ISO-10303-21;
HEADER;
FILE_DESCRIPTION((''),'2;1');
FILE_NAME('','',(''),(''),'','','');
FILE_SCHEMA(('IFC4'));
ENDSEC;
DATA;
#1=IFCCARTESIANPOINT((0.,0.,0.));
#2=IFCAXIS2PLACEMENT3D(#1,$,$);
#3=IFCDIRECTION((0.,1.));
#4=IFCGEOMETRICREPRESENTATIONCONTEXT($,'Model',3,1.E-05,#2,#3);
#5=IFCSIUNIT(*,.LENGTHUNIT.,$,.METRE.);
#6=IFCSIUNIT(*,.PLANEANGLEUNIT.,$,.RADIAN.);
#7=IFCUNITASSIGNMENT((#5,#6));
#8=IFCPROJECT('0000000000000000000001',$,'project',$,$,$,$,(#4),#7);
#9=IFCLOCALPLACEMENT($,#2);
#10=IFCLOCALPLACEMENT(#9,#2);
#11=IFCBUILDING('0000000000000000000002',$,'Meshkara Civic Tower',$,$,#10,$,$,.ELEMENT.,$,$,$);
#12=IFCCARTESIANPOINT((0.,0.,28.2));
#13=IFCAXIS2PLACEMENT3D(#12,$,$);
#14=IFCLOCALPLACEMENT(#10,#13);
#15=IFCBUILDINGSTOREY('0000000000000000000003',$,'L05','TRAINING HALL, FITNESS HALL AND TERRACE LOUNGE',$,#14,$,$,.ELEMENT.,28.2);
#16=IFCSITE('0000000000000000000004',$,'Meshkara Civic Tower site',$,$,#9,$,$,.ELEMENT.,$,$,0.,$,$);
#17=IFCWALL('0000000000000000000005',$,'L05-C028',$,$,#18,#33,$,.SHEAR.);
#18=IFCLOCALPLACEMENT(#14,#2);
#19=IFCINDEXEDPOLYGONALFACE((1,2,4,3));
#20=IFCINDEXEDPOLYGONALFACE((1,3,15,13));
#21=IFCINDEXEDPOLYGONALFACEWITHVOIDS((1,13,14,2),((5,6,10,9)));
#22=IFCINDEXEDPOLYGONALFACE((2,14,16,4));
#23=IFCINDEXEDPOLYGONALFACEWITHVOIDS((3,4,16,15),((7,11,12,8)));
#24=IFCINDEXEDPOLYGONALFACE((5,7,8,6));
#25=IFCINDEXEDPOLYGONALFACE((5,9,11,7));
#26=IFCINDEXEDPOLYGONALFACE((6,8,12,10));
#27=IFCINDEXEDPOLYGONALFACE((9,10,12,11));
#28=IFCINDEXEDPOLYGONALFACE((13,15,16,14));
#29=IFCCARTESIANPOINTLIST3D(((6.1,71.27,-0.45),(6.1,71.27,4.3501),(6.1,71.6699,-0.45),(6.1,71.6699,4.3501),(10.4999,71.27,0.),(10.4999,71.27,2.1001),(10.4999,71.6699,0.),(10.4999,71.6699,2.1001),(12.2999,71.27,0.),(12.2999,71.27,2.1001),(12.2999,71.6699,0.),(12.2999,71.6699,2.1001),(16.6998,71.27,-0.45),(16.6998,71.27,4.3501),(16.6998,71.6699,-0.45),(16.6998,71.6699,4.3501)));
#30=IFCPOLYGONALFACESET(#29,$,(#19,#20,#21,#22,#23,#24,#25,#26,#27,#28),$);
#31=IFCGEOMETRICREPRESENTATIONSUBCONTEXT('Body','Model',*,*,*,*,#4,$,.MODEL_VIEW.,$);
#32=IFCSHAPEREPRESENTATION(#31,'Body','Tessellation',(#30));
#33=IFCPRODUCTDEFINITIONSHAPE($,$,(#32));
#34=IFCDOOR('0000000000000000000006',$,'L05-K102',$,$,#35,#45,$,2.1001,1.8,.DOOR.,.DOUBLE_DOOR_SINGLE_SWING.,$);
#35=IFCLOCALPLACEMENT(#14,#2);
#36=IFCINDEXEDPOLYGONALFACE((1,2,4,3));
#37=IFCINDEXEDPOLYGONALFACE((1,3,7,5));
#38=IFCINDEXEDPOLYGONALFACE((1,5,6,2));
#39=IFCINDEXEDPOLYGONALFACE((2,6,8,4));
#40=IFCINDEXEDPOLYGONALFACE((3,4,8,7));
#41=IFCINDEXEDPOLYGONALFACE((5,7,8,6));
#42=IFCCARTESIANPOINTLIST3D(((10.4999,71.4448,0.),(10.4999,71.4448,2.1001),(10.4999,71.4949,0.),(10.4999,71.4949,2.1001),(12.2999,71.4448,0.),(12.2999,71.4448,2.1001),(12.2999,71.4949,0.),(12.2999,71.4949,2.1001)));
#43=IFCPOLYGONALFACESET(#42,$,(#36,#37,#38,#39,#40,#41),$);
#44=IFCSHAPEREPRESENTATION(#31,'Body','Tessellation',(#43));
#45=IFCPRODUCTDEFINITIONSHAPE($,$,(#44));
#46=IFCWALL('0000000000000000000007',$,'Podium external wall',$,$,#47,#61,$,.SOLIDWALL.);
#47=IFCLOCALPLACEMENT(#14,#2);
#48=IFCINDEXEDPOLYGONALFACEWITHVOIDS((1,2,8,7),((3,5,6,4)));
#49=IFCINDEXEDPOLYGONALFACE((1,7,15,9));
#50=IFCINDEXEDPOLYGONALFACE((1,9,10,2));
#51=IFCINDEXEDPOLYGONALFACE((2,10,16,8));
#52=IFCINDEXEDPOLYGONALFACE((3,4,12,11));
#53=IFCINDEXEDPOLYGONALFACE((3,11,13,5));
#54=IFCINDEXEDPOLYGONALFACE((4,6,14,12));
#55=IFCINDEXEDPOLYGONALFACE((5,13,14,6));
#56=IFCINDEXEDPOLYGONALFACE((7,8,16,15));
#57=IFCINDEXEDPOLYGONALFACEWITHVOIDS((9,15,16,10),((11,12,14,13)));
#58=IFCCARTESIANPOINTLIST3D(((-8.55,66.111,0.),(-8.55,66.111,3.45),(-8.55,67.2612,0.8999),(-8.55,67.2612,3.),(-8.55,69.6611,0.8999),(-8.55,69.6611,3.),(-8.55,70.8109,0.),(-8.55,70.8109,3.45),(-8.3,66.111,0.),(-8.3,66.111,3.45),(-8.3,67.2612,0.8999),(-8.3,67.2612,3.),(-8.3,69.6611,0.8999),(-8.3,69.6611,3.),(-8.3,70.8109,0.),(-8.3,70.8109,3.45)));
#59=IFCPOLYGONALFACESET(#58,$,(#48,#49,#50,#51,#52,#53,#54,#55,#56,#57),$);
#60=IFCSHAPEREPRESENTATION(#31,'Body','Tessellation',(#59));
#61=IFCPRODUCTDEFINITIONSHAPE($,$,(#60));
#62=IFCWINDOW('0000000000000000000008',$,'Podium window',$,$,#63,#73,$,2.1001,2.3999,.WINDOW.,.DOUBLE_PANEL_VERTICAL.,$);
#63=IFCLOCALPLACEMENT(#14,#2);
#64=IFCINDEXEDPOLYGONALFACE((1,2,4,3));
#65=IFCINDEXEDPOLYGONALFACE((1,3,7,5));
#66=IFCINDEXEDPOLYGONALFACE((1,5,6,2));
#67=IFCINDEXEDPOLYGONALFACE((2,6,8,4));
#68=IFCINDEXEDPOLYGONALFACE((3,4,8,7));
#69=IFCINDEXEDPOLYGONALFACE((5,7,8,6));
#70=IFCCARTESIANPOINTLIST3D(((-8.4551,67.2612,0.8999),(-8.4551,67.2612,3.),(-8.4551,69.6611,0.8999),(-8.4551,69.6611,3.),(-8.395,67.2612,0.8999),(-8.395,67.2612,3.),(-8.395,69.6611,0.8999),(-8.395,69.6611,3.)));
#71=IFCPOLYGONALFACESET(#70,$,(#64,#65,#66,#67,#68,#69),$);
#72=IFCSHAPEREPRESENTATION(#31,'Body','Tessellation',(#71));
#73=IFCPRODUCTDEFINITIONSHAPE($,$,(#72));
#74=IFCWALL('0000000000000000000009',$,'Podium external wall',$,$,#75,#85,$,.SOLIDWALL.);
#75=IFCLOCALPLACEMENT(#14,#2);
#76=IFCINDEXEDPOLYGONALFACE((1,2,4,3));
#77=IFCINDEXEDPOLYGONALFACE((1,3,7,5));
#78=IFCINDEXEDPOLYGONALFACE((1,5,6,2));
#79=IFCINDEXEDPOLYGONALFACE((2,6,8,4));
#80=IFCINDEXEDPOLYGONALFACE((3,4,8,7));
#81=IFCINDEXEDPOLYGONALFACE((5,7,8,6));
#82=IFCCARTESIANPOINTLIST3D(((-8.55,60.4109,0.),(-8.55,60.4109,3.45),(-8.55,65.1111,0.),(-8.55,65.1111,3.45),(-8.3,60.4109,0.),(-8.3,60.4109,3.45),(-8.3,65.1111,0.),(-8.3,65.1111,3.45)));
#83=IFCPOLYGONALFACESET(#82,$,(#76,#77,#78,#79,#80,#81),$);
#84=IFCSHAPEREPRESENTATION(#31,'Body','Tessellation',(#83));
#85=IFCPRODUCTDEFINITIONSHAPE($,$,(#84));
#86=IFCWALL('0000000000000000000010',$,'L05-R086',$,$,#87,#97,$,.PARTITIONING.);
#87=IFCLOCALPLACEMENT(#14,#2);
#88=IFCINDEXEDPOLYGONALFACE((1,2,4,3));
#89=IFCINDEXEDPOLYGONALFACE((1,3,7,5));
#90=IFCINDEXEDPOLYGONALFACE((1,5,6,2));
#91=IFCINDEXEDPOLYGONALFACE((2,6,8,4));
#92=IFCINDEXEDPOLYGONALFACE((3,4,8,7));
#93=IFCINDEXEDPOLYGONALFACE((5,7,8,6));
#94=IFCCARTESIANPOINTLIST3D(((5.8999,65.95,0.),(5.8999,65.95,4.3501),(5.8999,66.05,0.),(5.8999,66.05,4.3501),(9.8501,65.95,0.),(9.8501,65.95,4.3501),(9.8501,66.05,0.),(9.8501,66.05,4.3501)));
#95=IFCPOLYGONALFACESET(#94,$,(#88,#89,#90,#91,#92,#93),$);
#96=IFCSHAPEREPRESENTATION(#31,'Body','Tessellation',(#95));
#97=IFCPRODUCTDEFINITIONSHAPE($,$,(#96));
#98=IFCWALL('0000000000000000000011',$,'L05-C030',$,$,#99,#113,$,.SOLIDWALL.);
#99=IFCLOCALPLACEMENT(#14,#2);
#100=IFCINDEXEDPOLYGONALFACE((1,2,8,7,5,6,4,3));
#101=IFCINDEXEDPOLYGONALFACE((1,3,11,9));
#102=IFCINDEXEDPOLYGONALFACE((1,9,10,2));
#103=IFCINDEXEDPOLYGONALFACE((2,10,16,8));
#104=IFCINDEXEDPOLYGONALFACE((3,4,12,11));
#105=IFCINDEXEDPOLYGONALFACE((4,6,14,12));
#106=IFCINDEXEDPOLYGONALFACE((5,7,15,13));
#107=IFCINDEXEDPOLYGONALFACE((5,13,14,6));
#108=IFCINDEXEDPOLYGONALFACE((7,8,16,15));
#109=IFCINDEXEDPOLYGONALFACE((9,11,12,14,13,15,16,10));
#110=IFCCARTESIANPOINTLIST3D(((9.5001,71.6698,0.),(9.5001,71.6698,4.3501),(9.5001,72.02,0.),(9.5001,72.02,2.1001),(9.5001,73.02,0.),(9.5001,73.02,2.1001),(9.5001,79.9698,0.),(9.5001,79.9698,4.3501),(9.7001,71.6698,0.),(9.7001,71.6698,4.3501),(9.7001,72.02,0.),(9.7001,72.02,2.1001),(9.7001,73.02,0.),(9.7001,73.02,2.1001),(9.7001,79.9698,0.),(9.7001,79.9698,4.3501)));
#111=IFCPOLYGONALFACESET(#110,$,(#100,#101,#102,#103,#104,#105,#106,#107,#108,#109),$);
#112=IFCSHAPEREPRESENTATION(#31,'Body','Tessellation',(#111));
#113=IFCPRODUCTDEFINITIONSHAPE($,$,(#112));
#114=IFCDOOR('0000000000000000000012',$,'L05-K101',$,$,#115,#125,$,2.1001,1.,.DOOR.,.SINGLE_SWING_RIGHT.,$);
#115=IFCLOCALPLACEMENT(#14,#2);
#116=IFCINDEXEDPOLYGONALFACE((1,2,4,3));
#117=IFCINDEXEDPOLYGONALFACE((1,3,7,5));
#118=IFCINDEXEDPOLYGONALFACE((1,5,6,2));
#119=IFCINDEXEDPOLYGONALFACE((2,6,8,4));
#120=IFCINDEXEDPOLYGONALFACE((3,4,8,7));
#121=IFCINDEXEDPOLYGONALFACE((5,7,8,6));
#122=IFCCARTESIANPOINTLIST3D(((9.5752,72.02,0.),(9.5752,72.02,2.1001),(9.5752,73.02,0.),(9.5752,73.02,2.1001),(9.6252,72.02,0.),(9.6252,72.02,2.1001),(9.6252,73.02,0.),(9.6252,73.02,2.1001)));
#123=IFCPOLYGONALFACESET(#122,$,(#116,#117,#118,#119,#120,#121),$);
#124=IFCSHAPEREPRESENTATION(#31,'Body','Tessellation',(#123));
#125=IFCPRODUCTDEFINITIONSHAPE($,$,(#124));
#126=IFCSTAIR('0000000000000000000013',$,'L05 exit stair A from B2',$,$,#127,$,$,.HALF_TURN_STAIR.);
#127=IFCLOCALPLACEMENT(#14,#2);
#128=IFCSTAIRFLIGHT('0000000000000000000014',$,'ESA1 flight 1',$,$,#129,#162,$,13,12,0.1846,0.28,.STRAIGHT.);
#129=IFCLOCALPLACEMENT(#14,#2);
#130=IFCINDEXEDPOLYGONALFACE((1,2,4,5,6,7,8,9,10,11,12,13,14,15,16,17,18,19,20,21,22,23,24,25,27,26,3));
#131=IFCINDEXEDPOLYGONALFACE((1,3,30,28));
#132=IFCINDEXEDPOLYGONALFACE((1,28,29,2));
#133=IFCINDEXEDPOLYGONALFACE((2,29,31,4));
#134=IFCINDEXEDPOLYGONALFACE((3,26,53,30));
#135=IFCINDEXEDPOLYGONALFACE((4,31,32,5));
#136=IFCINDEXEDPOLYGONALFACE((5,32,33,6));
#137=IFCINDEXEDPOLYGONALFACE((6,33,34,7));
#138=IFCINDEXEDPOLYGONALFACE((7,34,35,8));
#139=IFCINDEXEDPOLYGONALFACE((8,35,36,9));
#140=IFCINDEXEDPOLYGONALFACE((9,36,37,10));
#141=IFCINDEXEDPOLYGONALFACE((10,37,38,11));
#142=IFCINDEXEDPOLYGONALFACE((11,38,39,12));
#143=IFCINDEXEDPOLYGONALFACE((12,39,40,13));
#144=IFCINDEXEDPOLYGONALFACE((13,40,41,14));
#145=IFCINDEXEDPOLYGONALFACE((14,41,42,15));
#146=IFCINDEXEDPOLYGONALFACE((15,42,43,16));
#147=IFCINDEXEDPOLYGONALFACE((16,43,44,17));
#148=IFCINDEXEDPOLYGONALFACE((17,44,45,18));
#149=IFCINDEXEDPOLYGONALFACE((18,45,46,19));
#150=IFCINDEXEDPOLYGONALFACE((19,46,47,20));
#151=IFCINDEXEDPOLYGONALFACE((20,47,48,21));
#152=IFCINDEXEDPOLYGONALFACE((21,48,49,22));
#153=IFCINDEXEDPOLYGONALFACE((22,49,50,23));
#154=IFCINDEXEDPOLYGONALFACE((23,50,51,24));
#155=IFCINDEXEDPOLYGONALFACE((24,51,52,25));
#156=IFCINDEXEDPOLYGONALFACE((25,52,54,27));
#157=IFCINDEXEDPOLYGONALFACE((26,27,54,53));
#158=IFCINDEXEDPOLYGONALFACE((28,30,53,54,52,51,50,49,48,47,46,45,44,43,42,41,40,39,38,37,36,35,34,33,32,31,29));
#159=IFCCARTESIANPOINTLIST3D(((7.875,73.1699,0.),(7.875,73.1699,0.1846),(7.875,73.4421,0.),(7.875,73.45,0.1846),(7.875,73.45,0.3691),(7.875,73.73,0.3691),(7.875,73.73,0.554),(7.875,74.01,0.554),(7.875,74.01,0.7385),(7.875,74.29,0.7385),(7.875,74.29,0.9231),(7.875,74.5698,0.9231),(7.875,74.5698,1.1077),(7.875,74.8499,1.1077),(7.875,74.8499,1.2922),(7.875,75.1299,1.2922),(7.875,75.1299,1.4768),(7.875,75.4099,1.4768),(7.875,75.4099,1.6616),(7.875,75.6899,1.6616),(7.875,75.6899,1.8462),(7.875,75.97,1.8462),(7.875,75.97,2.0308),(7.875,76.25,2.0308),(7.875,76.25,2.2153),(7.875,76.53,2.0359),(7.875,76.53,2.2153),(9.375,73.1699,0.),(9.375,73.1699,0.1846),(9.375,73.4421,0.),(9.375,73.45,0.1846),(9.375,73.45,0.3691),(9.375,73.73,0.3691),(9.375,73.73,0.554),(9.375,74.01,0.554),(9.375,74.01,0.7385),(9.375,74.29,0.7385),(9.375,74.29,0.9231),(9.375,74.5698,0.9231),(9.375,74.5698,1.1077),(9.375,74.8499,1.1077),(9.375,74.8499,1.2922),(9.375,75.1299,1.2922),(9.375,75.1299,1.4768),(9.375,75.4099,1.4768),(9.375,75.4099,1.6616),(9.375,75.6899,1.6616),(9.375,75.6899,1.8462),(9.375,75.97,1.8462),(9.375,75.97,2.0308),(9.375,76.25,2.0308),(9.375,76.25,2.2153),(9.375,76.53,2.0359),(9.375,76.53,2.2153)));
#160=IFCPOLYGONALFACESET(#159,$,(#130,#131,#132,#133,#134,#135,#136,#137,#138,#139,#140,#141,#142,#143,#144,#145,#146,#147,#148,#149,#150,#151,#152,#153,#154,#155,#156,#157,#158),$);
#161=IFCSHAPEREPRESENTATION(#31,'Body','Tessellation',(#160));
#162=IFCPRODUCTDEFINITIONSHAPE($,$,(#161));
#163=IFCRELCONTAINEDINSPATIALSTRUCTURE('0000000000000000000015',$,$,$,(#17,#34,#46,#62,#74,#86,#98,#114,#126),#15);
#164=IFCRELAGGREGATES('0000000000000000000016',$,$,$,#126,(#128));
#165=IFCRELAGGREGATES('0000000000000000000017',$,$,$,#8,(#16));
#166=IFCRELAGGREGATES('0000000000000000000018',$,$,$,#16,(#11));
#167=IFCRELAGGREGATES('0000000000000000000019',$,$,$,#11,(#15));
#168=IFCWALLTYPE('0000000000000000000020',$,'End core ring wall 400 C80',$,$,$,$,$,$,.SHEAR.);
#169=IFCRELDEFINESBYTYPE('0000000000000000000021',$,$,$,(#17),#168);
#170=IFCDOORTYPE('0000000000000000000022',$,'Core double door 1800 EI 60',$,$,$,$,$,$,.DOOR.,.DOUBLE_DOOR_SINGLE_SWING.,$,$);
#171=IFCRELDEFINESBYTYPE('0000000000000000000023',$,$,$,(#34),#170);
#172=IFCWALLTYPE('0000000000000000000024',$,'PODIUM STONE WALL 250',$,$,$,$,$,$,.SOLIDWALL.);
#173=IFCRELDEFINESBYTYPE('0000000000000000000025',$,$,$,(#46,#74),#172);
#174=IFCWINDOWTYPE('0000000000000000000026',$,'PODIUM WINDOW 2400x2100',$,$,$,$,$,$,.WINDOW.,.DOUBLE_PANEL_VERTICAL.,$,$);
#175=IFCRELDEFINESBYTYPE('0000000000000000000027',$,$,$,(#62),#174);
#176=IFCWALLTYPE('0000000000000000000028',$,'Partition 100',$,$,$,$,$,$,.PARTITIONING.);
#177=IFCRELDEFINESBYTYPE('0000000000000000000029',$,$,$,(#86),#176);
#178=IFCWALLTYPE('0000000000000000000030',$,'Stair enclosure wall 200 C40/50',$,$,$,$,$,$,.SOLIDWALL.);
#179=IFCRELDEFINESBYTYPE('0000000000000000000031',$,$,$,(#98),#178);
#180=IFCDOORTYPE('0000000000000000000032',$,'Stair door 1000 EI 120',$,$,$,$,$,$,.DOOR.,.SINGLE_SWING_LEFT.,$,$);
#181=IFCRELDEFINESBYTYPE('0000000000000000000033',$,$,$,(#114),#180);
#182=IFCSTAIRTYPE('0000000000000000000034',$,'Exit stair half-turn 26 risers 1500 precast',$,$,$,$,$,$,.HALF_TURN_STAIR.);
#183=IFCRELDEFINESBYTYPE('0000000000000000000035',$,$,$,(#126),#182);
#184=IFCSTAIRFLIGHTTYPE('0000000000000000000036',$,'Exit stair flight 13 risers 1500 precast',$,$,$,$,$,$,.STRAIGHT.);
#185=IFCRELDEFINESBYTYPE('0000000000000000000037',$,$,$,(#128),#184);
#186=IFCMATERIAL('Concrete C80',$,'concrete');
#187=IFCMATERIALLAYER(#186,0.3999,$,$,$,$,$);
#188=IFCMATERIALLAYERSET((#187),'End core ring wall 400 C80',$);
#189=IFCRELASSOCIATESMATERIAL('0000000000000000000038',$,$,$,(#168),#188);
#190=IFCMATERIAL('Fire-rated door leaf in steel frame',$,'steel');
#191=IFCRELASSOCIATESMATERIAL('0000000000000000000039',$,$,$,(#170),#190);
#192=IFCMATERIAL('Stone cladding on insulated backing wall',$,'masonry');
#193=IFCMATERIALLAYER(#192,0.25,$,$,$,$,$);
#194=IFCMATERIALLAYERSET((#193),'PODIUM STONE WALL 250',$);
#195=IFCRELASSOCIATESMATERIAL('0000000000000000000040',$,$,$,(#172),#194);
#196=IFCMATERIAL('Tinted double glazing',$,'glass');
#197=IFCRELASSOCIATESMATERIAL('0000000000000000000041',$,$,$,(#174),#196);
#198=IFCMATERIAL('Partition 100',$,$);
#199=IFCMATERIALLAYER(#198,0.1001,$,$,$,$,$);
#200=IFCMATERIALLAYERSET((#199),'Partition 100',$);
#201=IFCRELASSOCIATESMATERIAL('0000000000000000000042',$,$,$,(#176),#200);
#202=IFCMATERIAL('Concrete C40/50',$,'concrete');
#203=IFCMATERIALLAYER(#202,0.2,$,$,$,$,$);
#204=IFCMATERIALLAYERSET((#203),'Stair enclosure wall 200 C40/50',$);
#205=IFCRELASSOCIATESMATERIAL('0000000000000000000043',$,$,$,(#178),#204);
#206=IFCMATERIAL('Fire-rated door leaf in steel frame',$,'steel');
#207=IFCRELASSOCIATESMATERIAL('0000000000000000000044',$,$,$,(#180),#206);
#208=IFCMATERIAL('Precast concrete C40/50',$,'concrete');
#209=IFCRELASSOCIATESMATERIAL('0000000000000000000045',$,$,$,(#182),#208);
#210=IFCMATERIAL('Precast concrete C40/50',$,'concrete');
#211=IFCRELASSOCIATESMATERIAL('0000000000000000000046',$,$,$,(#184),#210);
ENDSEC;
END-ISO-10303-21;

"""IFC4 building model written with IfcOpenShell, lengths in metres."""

from ifc_helpers import new_model, si_unit, direction, frame, frame_2d, origin, place, context, subcontext, project, spatial, polyline, rectangle, outline, extrude, material, layer, layer_set, type_object, element, fill, aggregate, save


model = new_model("IFC4")

# Units and contexts
model_context = context("Model", 3, precision=1e-05, world=origin(), true_north=direction((0.0, 1.0)))
body_context = subcontext(model_context, "Body", "Model", "MODEL_VIEW")
ifc_project = project(units=[si_unit("LENGTHUNIT", "METRE"), si_unit("PLANEANGLEUNIT", "RADIAN")], contexts=[model_context])

# Site, building, storey
site_placement = place(None, origin())
site = spatial("IfcSite", under=ifc_project, at=site_placement, Name="Meshkara Civic Tower site", CompositionType="ELEMENT", RefElevation=0.0)
building_placement = place(site_placement, origin())
building = spatial("IfcBuilding", under=site, at=building_placement, Name="Meshkara Civic Tower", CompositionType="ELEMENT")
storey_placement = place(building_placement, frame((0.0, 0.0, 28.2)))
storey = spatial("IfcBuildingStorey", under=building, at=storey_placement, Name="L05", Description="TRAINING HALL, FITNESS HALL AND TERRACE LOUNGE", CompositionType="ELEMENT", Elevation=28.2)

# Shared definitions
ifc_material_1 = material(Name="Concrete C80", Category="concrete")
ifc_layer_1 = layer(ifc_material_1, 0.3999)
ifc_layer_set_1 = layer_set([ifc_layer_1], Name="End core ring wall 400 C80")
wall_type_1 = type_object("IfcWallType", Name="End core ring wall 400 C80", PredefinedType="SHEAR", material=ifc_layer_set_1)

# Wall, opening, door
wall_1_placement = place(storey_placement, frame((6.1001, 71.47, -0.45), z_axis=(0.0, 0.0, 1.0), x_axis=(1.0, 0.0, 0.0)))
wall_1 = element("IfcWall", 1, at=wall_1_placement, inside=storey, type_object=wall_type_1, Name="L05-C028", PredefinedType="SHEAR", context=body_context, shape_type="SweptSolid", body=[
    extrude(rectangle(XDim=10.5999, YDim=0.3999, at=frame_2d((5.2998, 0.0))), origin(), (0.0, 0.0, 1.0), 4.8),
])
opening_1_placement = place(wall_1_placement, frame((4.3999, 0.0, 0.45)))
opening_1 = element("IfcOpeningElement", 2, at=opening_1_placement, cuts=wall_1, PredefinedType="OPENING", context=body_context, shape_type="SweptSolid", body=[
    extrude(rectangle(XDim=1.8, YDim=2.1001, at=frame_2d((0.8999, 1.05))), frame((0.0, 0.21, 0.0), z_axis=(0.0, -1.0, 0.0), x_axis=(1.0, 0.0, 0.0)), (0.0, 0.0, 1.0), 0.4199),
])
ifc_material_2 = material(Name="Fire-rated door leaf in steel frame", Category="steel")
door_type_1 = type_object("IfcDoorType", Name="Core double door 1800 EI 60", OperationType="DOUBLE_DOOR_SINGLE_SWING", PredefinedType="DOOR", material=ifc_material_2)
door_1_placement = place(opening_1_placement, origin())
door_1 = element("IfcDoor", 3, at=door_1_placement, inside=storey, type_object=door_type_1, Name="L05-K102", OperationType="DOUBLE_DOOR_SINGLE_SWING", OverallHeight=2.1001, OverallWidth=1.8, PredefinedType="DOOR", context=body_context, shape_type="SweptSolid", body=[
    extrude(rectangle(XDim=1.8, YDim=2.1001, at=frame_2d((0.8999, 1.05))), frame((0.0, 0.0249, 0.0), z_axis=(0.0, -1.0, 0.0), x_axis=(1.0, 0.0, 0.0)), (0.0, 0.0, 1.0), 0.05),
])
fill(opening_1, door_1)

# Wall, opening, window
ifc_material_3 = material(Name="Stone cladding on insulated backing wall", Category="masonry")
ifc_layer_2 = layer(ifc_material_3, 0.25)
ifc_layer_set_2 = layer_set([ifc_layer_2], Name="PODIUM STONE WALL 250")
wall_type_2 = type_object("IfcWallType", Name="PODIUM STONE WALL 250", PredefinedType="SOLIDWALL", material=ifc_layer_set_2)
wall_2_placement = place(storey_placement, frame((-8.425, 70.811, 0.0), z_axis=(0.0, 0.0, 1.0), x_axis=(0.0, -1.0, 0.0)))
wall_2 = element("IfcWall", 4, at=wall_2_placement, inside=storey, type_object=wall_type_2, Name="Podium external wall", PredefinedType="SOLIDWALL", context=body_context, shape_type="SweptSolid", body=[
    extrude(rectangle(XDim=4.7, YDim=0.25, at=frame_2d((2.3501, 0.0))), origin(), (0.0, 0.0, 1.0), 3.45),
])
opening_2_placement = place(wall_2_placement, frame((1.1499, 0.0, 0.8999)))
opening_2 = element("IfcOpeningElement", 5, at=opening_2_placement, cuts=wall_2, PredefinedType="OPENING", context=body_context, shape_type="SweptSolid", body=[
    extrude(rectangle(XDim=2.3999, YDim=2.1001, at=frame_2d((1.2, 1.05))), frame((0.0, 0.135, 0.0), z_axis=(0.0, -1.0, 0.0), x_axis=(1.0, 0.0, 0.0)), (0.0, 0.0, 1.0), 0.27),
])
ifc_material_4 = material(Name="Tinted double glazing", Category="glass")
window_type = type_object("IfcWindowType", Name="PODIUM WINDOW 2400x2100", PartitioningType="DOUBLE_PANEL_VERTICAL", PredefinedType="WINDOW", material=ifc_material_4)
window_placement = place(opening_2_placement, origin())
window = element("IfcWindow", 6, at=window_placement, inside=storey, type_object=window_type, Name="Podium window", OverallHeight=2.1001, OverallWidth=2.3999, PartitioningType="DOUBLE_PANEL_VERTICAL", PredefinedType="WINDOW", context=body_context, shape_type="SweptSolid", body=[
    extrude(rectangle(XDim=2.3999, YDim=2.1001, at=frame_2d((1.2, 1.05))), frame((0.0, 0.03, 0.0), z_axis=(0.0, -1.0, 0.0), x_axis=(1.0, 0.0, 0.0)), (0.0, 0.0, 1.0), 0.0601),
])
fill(opening_2, window)

# Walls
wall_3_placement = place(storey_placement, frame((-8.425, 65.1111, 0.0), z_axis=(0.0, 0.0, 1.0), x_axis=(0.0, -1.0, 0.0)))
element("IfcWall", 7, at=wall_3_placement, inside=storey, type_object=wall_type_2, Name="Podium external wall", PredefinedType="SOLIDWALL", context=body_context, shape_type="SweptSolid", body=[
    extrude(rectangle(XDim=4.7002, YDim=0.25, at=frame_2d((2.3501, 0.0))), origin(), (0.0, 0.0, 1.0), 3.45),
])
ifc_material_5 = material(Name="Partition 100")
ifc_layer_3 = layer(ifc_material_5, 0.1001)
ifc_layer_set_3 = layer_set([ifc_layer_3], Name="Partition 100")
wall_type_3 = type_object("IfcWallType", Name="Partition 100", PredefinedType="PARTITIONING", material=ifc_layer_set_3)
wall_4_placement = place(storey_placement, frame((5.8999, 66.0, 0.0), z_axis=(0.0, 0.0, 1.0), x_axis=(1.0, 0.0, 0.0)))
element("IfcWall", 8, at=wall_4_placement, inside=storey, type_object=wall_type_3, Name="L05-R086", PredefinedType="PARTITIONING", context=body_context, shape_type="SweptSolid", body=[
    extrude(rectangle(XDim=3.9502, YDim=0.1001, at=frame_2d((1.9751, 0.0))), origin(), (0.0, 0.0, 1.0), 4.3501),
])

# Wall, opening, door
ifc_material_6 = material(Name="Concrete C40/50", Category="concrete")
ifc_layer_4 = layer(ifc_material_6, 0.2)
ifc_layer_set_4 = layer_set([ifc_layer_4], Name="Stair enclosure wall 200 C40/50")
wall_type_4 = type_object("IfcWallType", Name="Stair enclosure wall 200 C40/50", PredefinedType="SOLIDWALL", material=ifc_layer_set_4)
wall_5_placement = place(storey_placement, frame((9.6001, 71.6699, 0.0), z_axis=(0.0, 0.0, 1.0), x_axis=(0.0, 1.0, 0.0)))
wall_5 = element("IfcWall", 9, at=wall_5_placement, inside=storey, type_object=wall_type_4, Name="L05-C030", PredefinedType="SOLIDWALL", context=body_context, shape_type="SweptSolid", body=[
    extrude(rectangle(XDim=8.3, YDim=0.2, at=frame_2d((4.1499, 0.0))), origin(), (0.0, 0.0, 1.0), 4.3501),
])
opening_3_placement = place(wall_5_placement, frame((0.3501, 0.0, 0.0)))
opening_3 = element("IfcOpeningElement", 10, at=opening_3_placement, cuts=wall_5, PredefinedType="OPENING", context=body_context, shape_type="SweptSolid", body=[
    extrude(rectangle(XDim=1.0, YDim=2.1001, at=frame_2d((0.5, 1.05))), frame((0.0, 0.1099, 0.0), z_axis=(0.0, -1.0, 0.0), x_axis=(1.0, 0.0, 0.0)), (0.0, 0.0, 1.0), 0.22),
])
ifc_material_7 = material(Name="Fire-rated door leaf in steel frame", Category="steel")
door_type_2 = type_object("IfcDoorType", Name="Stair door 1000 EI 120", OperationType="SINGLE_SWING_LEFT", PredefinedType="DOOR", material=ifc_material_7)
door_2_placement = place(opening_3_placement, origin())
door_2 = element("IfcDoor", 11, at=door_2_placement, inside=storey, type_object=door_type_2, Name="L05-K101", OperationType="SINGLE_SWING_RIGHT", OverallHeight=2.1001, OverallWidth=1.0, PredefinedType="DOOR", context=body_context, shape_type="SweptSolid", body=[
    extrude(rectangle(XDim=1.0, YDim=2.1001, at=frame_2d((0.5, 1.05))), frame((0.0, 0.0249, 0.0), z_axis=(0.0, -1.0, 0.0), x_axis=(1.0, 0.0, 0.0)), (0.0, 0.0, 1.0), 0.05),
])
fill(opening_3, door_2)

# Stair, stair flight
ifc_material_8 = material(Name="Precast concrete C40/50", Category="concrete")
stair_type = type_object("IfcStairType", Name="Exit stair half-turn 26 risers 1500 precast", PredefinedType="HALF_TURN_STAIR", material=ifc_material_8)
stair_placement = place(storey_placement, origin())
stair = element("IfcStair", 12, at=stair_placement, inside=storey, type_object=stair_type, Name="L05 exit stair A from B2", PredefinedType="HALF_TURN_STAIR")
ifc_material_9 = material(Name="Precast concrete C40/50", Category="concrete")
stair_flight_type = type_object("IfcStairFlightType", Name="Exit stair flight 13 risers 1500 precast", PredefinedType="STRAIGHT", material=ifc_material_9)
stair_flight_placement = place(storey_placement, frame((8.625, 73.1699, 0.0), z_axis=(0.0, 0.0, 1.0), x_axis=(0.0, 1.0, 0.0)))
stair_flight = element("IfcStairFlight", 13, at=stair_flight_placement, type_object=stair_flight_type, Name="ESA1 flight 1", NumberOfRisers=13, NumberOfTreads=12, PredefinedType="STRAIGHT", RiserHeight=0.1846, TreadLength=0.28, context=body_context, shape_type="SweptSolid", body=[
    extrude(outline(polyline([(0.0, 0.0), (0.0, 0.1846), (0.28, 0.1846), (0.28, 0.3691), (0.5601, 0.3691), (0.5601, 0.554), (0.8401, 0.554), (0.8401, 0.7385), (1.1201, 0.7385), (1.1201, 0.9231), (1.3999, 0.9231), (1.3999, 1.1077), (1.6799, 1.1077), (1.6799, 1.2922), (1.96, 1.2922), (1.96, 1.4768), (2.24, 1.4768), (2.24, 1.6616), (2.52, 1.6616), (2.52, 1.8462), (2.8, 1.8462), (2.8, 2.0308), (3.0801, 2.0308), (3.0801, 2.2153), (3.3601, 2.2153), (3.3601, 2.3999), (3.3601, 2.0359), (0.2722, 0.0), (0.0, 0.0)])), frame((0.0, 0.75, 0.0), z_axis=(0.0, -1.0, 0.0), x_axis=(1.0, 0.0, 0.0)), (0.0, 0.0, 1.0), 1.5),
])
aggregate(stair, [stair_flight])

save(model, "model.ifc")
